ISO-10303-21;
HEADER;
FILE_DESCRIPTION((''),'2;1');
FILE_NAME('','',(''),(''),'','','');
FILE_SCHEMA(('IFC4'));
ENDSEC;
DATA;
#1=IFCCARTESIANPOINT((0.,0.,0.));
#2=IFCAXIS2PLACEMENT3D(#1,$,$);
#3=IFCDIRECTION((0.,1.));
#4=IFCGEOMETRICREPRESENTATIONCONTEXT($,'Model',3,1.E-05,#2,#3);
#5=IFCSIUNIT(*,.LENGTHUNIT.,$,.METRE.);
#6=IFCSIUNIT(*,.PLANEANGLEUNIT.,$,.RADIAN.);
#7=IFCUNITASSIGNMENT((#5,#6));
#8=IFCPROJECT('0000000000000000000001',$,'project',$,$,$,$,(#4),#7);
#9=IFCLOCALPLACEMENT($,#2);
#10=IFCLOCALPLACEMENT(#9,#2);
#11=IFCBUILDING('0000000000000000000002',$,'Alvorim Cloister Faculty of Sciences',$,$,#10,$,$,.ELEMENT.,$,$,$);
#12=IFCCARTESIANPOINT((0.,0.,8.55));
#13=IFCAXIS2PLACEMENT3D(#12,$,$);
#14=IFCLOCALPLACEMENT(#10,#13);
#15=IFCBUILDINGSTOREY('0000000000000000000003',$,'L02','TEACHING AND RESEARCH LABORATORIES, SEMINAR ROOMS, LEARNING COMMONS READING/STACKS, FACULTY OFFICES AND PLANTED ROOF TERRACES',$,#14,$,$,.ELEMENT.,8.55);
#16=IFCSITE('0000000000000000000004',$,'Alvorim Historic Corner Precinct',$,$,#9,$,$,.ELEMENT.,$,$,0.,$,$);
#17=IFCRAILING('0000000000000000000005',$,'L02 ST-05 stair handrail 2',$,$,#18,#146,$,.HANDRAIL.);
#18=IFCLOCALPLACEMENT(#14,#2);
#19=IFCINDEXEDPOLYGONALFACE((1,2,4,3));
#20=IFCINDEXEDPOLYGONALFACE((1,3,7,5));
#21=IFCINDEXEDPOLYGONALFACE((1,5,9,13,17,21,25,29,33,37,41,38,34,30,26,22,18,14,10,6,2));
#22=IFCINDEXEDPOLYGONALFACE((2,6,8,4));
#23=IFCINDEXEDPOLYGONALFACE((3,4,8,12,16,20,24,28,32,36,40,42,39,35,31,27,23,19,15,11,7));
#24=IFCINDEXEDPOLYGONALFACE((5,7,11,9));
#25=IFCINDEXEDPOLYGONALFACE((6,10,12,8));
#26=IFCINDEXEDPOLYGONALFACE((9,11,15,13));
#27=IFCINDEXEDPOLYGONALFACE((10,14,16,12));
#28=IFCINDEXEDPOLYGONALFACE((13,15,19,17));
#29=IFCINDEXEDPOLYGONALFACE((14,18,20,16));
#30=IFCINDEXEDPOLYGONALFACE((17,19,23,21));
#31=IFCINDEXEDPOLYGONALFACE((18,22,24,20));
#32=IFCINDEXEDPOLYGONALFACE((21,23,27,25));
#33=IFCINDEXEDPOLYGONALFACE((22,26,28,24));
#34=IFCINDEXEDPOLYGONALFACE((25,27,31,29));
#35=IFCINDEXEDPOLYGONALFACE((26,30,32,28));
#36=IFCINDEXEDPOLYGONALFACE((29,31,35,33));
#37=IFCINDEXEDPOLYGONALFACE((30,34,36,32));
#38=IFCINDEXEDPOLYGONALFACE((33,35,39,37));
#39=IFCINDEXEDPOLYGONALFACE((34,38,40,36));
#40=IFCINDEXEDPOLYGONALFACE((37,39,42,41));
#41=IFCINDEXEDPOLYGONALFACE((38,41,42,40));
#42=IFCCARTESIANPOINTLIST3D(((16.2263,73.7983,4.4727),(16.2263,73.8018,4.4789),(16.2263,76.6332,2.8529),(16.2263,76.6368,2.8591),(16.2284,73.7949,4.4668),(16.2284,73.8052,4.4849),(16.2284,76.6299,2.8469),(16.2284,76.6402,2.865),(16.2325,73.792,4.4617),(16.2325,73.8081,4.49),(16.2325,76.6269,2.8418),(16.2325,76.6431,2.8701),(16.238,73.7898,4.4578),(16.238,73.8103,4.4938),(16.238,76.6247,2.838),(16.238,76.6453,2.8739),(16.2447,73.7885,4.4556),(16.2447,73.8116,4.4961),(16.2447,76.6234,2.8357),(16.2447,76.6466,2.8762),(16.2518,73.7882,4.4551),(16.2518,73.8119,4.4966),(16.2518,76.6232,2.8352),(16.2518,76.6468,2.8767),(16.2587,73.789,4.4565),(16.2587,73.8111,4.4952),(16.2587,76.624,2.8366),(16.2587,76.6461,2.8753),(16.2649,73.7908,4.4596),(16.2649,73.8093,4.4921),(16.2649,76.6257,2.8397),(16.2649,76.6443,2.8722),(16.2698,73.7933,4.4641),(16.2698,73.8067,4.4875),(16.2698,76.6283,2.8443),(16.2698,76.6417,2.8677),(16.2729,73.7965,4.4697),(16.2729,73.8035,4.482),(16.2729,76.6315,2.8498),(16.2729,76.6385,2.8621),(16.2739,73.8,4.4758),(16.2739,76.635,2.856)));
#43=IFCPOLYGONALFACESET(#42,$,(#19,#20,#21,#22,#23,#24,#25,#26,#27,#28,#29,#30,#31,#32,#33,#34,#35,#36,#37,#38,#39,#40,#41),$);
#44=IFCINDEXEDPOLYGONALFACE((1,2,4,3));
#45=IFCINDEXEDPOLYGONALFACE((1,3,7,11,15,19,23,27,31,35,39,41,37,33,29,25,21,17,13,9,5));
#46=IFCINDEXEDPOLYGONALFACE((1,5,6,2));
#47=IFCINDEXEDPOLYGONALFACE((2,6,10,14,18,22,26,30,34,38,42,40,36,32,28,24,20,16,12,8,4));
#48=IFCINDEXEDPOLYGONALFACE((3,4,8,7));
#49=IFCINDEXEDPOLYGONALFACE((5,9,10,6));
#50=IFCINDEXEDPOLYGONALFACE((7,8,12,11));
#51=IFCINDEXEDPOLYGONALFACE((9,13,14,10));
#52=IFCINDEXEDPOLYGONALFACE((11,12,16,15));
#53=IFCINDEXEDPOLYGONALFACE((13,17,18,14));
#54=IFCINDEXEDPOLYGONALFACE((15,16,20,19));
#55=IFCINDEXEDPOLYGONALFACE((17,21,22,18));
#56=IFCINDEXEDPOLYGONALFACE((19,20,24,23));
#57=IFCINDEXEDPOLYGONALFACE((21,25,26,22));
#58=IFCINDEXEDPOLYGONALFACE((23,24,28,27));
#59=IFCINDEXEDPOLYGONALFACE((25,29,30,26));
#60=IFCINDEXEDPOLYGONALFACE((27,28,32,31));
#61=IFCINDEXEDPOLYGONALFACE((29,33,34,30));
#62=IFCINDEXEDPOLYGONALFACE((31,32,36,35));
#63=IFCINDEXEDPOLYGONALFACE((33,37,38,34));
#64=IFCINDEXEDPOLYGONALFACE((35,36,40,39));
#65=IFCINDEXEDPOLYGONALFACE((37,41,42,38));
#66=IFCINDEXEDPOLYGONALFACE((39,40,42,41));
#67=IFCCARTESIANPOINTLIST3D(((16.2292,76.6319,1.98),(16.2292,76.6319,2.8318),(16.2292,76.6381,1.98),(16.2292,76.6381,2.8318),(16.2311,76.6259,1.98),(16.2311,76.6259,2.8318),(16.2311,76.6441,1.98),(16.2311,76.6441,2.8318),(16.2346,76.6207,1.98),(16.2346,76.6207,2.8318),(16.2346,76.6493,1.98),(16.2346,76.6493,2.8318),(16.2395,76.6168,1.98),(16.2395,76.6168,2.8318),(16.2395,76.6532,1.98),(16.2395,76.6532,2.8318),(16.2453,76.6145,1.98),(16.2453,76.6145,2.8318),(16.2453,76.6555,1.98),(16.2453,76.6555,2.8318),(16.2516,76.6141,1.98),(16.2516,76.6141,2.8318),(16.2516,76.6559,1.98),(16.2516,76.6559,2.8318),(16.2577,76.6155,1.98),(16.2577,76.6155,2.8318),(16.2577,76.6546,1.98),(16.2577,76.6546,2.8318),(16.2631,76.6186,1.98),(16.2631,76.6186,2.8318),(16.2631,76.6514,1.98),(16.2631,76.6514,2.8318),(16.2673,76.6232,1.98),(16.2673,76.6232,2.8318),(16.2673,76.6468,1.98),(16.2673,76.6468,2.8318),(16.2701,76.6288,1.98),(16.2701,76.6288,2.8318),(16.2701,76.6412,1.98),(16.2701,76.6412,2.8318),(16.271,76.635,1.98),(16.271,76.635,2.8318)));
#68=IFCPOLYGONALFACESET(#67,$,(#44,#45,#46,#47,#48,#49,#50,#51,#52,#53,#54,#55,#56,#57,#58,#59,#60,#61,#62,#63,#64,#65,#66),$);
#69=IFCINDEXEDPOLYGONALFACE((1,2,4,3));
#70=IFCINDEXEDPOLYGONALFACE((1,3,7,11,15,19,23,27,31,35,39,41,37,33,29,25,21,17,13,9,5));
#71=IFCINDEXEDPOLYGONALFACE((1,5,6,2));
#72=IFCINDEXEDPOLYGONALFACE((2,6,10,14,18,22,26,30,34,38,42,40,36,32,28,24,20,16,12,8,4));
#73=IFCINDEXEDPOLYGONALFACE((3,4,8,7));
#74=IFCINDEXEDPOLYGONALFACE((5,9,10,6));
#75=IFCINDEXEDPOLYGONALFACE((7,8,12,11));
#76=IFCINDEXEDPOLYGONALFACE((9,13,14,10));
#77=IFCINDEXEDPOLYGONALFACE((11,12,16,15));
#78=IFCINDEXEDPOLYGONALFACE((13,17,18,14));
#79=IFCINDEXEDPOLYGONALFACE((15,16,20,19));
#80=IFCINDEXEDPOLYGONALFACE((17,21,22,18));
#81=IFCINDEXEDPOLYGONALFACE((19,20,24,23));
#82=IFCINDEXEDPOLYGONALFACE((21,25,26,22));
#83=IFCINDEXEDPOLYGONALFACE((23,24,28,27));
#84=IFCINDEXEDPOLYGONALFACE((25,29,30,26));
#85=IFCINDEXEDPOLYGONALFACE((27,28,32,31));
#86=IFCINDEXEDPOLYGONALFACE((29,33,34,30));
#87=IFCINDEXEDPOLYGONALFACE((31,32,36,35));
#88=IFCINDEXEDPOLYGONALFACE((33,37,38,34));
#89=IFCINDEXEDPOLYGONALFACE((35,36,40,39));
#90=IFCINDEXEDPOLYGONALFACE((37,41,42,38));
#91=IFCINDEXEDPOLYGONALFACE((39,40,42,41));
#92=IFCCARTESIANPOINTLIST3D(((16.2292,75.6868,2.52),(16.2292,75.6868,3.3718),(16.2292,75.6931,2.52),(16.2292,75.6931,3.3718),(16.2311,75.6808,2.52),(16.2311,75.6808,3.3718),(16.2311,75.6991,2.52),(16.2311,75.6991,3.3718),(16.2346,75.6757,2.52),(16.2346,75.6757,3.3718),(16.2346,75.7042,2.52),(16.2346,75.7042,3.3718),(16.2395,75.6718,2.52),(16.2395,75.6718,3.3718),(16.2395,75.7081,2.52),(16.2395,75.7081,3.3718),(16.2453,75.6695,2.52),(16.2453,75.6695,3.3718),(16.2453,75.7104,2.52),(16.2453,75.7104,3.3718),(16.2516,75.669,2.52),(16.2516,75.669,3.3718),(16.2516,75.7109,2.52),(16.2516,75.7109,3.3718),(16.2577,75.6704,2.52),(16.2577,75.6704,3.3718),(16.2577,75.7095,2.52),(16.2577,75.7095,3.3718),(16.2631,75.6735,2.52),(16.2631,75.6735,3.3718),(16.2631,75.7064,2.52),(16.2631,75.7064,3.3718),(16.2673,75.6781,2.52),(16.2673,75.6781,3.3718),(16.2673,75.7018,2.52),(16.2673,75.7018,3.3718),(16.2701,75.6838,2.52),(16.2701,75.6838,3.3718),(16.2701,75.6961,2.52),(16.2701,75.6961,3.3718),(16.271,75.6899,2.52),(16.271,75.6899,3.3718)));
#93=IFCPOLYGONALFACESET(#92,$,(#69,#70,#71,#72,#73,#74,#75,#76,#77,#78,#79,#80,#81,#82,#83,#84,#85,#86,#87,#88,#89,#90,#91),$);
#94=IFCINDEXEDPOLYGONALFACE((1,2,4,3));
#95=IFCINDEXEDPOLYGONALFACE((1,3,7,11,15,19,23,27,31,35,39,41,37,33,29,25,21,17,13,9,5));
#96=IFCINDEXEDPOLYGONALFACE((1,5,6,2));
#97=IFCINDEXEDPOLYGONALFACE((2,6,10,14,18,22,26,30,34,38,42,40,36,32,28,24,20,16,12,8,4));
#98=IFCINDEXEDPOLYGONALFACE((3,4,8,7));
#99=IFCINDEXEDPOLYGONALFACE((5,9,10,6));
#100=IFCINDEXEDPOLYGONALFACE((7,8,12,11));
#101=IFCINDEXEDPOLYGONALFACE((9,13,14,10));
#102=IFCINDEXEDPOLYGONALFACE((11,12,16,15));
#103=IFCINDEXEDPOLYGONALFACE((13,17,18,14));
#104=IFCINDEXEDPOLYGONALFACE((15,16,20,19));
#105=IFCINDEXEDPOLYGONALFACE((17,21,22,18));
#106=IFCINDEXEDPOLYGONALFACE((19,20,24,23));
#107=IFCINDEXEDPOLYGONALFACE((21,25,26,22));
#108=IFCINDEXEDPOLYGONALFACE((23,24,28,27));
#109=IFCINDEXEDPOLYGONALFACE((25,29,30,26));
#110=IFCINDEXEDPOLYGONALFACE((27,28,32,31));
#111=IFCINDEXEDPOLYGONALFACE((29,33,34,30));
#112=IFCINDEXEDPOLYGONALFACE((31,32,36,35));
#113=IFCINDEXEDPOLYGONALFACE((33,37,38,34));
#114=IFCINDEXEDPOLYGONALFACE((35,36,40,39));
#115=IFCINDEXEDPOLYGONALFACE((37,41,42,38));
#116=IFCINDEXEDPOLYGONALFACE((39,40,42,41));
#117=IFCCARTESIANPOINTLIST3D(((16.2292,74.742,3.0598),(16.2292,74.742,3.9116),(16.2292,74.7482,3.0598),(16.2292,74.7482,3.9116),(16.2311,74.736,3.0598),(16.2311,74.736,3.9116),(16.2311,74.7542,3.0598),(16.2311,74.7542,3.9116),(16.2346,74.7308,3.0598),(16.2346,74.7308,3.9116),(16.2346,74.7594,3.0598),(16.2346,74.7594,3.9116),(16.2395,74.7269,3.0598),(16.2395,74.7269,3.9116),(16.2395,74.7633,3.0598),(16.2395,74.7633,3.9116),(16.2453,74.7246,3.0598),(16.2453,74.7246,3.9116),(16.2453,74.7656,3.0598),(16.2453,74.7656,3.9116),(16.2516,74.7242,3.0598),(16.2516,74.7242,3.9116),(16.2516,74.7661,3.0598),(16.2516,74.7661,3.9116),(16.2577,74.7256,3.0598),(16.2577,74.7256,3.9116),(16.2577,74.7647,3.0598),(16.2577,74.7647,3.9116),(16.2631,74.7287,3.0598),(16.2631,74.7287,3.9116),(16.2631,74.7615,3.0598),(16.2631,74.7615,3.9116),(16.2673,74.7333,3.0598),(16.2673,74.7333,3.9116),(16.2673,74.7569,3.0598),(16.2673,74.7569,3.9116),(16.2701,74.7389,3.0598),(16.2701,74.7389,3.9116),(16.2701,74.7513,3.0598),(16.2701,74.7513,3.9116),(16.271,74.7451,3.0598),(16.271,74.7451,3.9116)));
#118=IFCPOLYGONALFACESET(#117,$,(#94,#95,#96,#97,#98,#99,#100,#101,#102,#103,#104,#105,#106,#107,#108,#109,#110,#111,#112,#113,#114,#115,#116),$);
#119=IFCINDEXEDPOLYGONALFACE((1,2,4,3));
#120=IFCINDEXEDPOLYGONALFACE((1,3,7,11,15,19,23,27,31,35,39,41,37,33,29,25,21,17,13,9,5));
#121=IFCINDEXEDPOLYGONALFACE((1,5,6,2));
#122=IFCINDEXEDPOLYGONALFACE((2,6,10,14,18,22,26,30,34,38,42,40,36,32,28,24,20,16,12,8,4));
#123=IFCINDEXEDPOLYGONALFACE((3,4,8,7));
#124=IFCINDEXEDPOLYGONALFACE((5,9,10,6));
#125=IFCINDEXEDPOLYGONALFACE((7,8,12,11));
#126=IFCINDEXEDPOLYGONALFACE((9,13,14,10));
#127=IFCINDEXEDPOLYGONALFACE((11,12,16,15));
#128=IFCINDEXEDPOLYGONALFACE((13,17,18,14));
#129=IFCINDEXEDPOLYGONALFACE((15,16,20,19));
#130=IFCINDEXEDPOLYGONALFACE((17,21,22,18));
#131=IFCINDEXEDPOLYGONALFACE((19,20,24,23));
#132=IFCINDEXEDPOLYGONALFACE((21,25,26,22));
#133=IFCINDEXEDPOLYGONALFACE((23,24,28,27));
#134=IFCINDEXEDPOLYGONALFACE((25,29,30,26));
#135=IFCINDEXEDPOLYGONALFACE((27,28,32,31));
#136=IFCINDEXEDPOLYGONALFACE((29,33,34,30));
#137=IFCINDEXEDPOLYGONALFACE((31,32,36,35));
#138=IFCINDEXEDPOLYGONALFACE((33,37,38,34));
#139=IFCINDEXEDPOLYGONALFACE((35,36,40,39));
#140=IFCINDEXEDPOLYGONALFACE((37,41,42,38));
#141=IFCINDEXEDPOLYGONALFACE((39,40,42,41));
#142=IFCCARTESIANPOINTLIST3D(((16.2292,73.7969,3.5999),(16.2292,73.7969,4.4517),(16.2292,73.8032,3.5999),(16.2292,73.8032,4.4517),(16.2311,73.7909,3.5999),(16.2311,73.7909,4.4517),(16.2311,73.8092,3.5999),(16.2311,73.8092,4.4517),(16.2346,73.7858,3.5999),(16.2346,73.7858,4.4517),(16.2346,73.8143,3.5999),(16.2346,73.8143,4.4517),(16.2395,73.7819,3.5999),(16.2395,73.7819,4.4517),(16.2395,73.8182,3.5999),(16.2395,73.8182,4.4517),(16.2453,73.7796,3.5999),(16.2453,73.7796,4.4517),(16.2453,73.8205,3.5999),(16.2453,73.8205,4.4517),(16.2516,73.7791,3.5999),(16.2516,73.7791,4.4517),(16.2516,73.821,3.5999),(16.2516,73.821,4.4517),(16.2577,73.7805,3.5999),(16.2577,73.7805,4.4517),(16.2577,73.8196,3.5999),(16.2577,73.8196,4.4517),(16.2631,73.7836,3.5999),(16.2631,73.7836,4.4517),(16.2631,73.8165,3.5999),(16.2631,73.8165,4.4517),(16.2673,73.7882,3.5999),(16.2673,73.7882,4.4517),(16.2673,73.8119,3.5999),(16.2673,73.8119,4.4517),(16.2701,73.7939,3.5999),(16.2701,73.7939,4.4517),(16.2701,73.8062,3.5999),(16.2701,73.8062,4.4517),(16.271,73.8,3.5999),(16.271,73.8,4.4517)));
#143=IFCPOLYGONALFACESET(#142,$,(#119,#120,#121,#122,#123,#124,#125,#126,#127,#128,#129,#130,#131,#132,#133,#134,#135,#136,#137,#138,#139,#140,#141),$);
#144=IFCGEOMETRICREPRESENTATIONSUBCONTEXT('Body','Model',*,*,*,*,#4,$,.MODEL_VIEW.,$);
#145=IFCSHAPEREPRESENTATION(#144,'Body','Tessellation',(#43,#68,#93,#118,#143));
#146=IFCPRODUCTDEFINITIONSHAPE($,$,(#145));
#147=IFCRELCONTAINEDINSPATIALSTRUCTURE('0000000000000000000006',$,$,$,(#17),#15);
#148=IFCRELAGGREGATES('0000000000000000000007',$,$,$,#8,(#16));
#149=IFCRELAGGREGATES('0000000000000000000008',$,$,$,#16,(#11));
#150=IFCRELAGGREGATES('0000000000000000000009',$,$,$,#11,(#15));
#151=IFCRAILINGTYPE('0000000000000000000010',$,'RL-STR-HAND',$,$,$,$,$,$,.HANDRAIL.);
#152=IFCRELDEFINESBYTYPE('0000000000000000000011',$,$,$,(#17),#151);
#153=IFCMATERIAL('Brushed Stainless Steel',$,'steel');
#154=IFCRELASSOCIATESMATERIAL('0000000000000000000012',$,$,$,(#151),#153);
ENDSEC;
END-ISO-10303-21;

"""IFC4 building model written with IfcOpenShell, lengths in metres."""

from ifc_helpers import new_model, si_unit, direction, frame, origin, origin_2d, place, context, subcontext, project, spatial, circle, extrude, material, type_object, element, save


model = new_model("IFC4")

# Units and contexts
model_context = context("Model", 3, precision=1e-05, world=origin(), true_north=direction((0.0, 1.0)))
body_context = subcontext(model_context, "Body", "Model", "MODEL_VIEW")
ifc_project = project(units=[si_unit("LENGTHUNIT", "METRE"), si_unit("PLANEANGLEUNIT", "RADIAN")], contexts=[model_context])

# Site, building, storey
site_placement = place(None, origin())
site = spatial("IfcSite", under=ifc_project, at=site_placement, Name="Alvorim Historic Corner Precinct", CompositionType="ELEMENT", RefElevation=0.0)
building_placement = place(site_placement, origin())
building = spatial("IfcBuilding", under=site, at=building_placement, Name="Alvorim Cloister Faculty of Sciences", CompositionType="ELEMENT")
storey_placement = place(building_placement, frame((0.0, 0.0, 8.55)))
storey = spatial("IfcBuildingStorey", under=building, at=storey_placement, Name="L02", Description="TEACHING AND RESEARCH LABORATORIES, SEMINAR ROOMS, LEARNING COMMONS READING/STACKS, FACULTY OFFICES AND PLANTED ROOF TERRACES", CompositionType="ELEMENT", Elevation=8.55)

# Railing
ifc_material_1 = material(Name="Brushed Stainless Steel", Category="steel")
railing_type_1 = type_object("IfcRailingType", Name="RL-STR-HAND", PredefinedType="HANDRAIL", material=ifc_material_1)
railing_1_placement = place(storey_placement, frame((16.25, 76.635, 1.98)))
element("IfcRailing", 1, at=railing_1_placement, inside=storey, type_object=railing_type_1, Name="L02 ST-05 stair handrail 2", PredefinedType="HANDRAIL", context=body_context, shape_type="SweptSolid", body=[
    extrude(circle(Radius=0.0239, at=origin_2d()), frame((0.0, 0.0, 0.876), z_axis=(0.0, -0.868257, 0.496115), x_axis=(1.0, 0.0, 0.0)), (0.0, 0.0, 1.0), 3.2651),
    extrude(circle(Radius=0.021, at=origin_2d()), origin(), (0.0, 0.0, 1.0), 0.8518),
    extrude(circle(Radius=0.021, at=origin_2d()), frame((0.0, -0.9451, 0.54)), (0.0, 0.0, 1.0), 0.8518),
    extrude(circle(Radius=0.021, at=origin_2d()), frame((0.0, -1.8899, 1.0798)), (0.0, 0.0, 1.0), 0.8518),
    extrude(circle(Radius=0.021, at=origin_2d()), frame((0.0, -2.835, 1.6199)), (0.0, 0.0, 1.0), 0.8518),
])

save(model, "model.ifc")
